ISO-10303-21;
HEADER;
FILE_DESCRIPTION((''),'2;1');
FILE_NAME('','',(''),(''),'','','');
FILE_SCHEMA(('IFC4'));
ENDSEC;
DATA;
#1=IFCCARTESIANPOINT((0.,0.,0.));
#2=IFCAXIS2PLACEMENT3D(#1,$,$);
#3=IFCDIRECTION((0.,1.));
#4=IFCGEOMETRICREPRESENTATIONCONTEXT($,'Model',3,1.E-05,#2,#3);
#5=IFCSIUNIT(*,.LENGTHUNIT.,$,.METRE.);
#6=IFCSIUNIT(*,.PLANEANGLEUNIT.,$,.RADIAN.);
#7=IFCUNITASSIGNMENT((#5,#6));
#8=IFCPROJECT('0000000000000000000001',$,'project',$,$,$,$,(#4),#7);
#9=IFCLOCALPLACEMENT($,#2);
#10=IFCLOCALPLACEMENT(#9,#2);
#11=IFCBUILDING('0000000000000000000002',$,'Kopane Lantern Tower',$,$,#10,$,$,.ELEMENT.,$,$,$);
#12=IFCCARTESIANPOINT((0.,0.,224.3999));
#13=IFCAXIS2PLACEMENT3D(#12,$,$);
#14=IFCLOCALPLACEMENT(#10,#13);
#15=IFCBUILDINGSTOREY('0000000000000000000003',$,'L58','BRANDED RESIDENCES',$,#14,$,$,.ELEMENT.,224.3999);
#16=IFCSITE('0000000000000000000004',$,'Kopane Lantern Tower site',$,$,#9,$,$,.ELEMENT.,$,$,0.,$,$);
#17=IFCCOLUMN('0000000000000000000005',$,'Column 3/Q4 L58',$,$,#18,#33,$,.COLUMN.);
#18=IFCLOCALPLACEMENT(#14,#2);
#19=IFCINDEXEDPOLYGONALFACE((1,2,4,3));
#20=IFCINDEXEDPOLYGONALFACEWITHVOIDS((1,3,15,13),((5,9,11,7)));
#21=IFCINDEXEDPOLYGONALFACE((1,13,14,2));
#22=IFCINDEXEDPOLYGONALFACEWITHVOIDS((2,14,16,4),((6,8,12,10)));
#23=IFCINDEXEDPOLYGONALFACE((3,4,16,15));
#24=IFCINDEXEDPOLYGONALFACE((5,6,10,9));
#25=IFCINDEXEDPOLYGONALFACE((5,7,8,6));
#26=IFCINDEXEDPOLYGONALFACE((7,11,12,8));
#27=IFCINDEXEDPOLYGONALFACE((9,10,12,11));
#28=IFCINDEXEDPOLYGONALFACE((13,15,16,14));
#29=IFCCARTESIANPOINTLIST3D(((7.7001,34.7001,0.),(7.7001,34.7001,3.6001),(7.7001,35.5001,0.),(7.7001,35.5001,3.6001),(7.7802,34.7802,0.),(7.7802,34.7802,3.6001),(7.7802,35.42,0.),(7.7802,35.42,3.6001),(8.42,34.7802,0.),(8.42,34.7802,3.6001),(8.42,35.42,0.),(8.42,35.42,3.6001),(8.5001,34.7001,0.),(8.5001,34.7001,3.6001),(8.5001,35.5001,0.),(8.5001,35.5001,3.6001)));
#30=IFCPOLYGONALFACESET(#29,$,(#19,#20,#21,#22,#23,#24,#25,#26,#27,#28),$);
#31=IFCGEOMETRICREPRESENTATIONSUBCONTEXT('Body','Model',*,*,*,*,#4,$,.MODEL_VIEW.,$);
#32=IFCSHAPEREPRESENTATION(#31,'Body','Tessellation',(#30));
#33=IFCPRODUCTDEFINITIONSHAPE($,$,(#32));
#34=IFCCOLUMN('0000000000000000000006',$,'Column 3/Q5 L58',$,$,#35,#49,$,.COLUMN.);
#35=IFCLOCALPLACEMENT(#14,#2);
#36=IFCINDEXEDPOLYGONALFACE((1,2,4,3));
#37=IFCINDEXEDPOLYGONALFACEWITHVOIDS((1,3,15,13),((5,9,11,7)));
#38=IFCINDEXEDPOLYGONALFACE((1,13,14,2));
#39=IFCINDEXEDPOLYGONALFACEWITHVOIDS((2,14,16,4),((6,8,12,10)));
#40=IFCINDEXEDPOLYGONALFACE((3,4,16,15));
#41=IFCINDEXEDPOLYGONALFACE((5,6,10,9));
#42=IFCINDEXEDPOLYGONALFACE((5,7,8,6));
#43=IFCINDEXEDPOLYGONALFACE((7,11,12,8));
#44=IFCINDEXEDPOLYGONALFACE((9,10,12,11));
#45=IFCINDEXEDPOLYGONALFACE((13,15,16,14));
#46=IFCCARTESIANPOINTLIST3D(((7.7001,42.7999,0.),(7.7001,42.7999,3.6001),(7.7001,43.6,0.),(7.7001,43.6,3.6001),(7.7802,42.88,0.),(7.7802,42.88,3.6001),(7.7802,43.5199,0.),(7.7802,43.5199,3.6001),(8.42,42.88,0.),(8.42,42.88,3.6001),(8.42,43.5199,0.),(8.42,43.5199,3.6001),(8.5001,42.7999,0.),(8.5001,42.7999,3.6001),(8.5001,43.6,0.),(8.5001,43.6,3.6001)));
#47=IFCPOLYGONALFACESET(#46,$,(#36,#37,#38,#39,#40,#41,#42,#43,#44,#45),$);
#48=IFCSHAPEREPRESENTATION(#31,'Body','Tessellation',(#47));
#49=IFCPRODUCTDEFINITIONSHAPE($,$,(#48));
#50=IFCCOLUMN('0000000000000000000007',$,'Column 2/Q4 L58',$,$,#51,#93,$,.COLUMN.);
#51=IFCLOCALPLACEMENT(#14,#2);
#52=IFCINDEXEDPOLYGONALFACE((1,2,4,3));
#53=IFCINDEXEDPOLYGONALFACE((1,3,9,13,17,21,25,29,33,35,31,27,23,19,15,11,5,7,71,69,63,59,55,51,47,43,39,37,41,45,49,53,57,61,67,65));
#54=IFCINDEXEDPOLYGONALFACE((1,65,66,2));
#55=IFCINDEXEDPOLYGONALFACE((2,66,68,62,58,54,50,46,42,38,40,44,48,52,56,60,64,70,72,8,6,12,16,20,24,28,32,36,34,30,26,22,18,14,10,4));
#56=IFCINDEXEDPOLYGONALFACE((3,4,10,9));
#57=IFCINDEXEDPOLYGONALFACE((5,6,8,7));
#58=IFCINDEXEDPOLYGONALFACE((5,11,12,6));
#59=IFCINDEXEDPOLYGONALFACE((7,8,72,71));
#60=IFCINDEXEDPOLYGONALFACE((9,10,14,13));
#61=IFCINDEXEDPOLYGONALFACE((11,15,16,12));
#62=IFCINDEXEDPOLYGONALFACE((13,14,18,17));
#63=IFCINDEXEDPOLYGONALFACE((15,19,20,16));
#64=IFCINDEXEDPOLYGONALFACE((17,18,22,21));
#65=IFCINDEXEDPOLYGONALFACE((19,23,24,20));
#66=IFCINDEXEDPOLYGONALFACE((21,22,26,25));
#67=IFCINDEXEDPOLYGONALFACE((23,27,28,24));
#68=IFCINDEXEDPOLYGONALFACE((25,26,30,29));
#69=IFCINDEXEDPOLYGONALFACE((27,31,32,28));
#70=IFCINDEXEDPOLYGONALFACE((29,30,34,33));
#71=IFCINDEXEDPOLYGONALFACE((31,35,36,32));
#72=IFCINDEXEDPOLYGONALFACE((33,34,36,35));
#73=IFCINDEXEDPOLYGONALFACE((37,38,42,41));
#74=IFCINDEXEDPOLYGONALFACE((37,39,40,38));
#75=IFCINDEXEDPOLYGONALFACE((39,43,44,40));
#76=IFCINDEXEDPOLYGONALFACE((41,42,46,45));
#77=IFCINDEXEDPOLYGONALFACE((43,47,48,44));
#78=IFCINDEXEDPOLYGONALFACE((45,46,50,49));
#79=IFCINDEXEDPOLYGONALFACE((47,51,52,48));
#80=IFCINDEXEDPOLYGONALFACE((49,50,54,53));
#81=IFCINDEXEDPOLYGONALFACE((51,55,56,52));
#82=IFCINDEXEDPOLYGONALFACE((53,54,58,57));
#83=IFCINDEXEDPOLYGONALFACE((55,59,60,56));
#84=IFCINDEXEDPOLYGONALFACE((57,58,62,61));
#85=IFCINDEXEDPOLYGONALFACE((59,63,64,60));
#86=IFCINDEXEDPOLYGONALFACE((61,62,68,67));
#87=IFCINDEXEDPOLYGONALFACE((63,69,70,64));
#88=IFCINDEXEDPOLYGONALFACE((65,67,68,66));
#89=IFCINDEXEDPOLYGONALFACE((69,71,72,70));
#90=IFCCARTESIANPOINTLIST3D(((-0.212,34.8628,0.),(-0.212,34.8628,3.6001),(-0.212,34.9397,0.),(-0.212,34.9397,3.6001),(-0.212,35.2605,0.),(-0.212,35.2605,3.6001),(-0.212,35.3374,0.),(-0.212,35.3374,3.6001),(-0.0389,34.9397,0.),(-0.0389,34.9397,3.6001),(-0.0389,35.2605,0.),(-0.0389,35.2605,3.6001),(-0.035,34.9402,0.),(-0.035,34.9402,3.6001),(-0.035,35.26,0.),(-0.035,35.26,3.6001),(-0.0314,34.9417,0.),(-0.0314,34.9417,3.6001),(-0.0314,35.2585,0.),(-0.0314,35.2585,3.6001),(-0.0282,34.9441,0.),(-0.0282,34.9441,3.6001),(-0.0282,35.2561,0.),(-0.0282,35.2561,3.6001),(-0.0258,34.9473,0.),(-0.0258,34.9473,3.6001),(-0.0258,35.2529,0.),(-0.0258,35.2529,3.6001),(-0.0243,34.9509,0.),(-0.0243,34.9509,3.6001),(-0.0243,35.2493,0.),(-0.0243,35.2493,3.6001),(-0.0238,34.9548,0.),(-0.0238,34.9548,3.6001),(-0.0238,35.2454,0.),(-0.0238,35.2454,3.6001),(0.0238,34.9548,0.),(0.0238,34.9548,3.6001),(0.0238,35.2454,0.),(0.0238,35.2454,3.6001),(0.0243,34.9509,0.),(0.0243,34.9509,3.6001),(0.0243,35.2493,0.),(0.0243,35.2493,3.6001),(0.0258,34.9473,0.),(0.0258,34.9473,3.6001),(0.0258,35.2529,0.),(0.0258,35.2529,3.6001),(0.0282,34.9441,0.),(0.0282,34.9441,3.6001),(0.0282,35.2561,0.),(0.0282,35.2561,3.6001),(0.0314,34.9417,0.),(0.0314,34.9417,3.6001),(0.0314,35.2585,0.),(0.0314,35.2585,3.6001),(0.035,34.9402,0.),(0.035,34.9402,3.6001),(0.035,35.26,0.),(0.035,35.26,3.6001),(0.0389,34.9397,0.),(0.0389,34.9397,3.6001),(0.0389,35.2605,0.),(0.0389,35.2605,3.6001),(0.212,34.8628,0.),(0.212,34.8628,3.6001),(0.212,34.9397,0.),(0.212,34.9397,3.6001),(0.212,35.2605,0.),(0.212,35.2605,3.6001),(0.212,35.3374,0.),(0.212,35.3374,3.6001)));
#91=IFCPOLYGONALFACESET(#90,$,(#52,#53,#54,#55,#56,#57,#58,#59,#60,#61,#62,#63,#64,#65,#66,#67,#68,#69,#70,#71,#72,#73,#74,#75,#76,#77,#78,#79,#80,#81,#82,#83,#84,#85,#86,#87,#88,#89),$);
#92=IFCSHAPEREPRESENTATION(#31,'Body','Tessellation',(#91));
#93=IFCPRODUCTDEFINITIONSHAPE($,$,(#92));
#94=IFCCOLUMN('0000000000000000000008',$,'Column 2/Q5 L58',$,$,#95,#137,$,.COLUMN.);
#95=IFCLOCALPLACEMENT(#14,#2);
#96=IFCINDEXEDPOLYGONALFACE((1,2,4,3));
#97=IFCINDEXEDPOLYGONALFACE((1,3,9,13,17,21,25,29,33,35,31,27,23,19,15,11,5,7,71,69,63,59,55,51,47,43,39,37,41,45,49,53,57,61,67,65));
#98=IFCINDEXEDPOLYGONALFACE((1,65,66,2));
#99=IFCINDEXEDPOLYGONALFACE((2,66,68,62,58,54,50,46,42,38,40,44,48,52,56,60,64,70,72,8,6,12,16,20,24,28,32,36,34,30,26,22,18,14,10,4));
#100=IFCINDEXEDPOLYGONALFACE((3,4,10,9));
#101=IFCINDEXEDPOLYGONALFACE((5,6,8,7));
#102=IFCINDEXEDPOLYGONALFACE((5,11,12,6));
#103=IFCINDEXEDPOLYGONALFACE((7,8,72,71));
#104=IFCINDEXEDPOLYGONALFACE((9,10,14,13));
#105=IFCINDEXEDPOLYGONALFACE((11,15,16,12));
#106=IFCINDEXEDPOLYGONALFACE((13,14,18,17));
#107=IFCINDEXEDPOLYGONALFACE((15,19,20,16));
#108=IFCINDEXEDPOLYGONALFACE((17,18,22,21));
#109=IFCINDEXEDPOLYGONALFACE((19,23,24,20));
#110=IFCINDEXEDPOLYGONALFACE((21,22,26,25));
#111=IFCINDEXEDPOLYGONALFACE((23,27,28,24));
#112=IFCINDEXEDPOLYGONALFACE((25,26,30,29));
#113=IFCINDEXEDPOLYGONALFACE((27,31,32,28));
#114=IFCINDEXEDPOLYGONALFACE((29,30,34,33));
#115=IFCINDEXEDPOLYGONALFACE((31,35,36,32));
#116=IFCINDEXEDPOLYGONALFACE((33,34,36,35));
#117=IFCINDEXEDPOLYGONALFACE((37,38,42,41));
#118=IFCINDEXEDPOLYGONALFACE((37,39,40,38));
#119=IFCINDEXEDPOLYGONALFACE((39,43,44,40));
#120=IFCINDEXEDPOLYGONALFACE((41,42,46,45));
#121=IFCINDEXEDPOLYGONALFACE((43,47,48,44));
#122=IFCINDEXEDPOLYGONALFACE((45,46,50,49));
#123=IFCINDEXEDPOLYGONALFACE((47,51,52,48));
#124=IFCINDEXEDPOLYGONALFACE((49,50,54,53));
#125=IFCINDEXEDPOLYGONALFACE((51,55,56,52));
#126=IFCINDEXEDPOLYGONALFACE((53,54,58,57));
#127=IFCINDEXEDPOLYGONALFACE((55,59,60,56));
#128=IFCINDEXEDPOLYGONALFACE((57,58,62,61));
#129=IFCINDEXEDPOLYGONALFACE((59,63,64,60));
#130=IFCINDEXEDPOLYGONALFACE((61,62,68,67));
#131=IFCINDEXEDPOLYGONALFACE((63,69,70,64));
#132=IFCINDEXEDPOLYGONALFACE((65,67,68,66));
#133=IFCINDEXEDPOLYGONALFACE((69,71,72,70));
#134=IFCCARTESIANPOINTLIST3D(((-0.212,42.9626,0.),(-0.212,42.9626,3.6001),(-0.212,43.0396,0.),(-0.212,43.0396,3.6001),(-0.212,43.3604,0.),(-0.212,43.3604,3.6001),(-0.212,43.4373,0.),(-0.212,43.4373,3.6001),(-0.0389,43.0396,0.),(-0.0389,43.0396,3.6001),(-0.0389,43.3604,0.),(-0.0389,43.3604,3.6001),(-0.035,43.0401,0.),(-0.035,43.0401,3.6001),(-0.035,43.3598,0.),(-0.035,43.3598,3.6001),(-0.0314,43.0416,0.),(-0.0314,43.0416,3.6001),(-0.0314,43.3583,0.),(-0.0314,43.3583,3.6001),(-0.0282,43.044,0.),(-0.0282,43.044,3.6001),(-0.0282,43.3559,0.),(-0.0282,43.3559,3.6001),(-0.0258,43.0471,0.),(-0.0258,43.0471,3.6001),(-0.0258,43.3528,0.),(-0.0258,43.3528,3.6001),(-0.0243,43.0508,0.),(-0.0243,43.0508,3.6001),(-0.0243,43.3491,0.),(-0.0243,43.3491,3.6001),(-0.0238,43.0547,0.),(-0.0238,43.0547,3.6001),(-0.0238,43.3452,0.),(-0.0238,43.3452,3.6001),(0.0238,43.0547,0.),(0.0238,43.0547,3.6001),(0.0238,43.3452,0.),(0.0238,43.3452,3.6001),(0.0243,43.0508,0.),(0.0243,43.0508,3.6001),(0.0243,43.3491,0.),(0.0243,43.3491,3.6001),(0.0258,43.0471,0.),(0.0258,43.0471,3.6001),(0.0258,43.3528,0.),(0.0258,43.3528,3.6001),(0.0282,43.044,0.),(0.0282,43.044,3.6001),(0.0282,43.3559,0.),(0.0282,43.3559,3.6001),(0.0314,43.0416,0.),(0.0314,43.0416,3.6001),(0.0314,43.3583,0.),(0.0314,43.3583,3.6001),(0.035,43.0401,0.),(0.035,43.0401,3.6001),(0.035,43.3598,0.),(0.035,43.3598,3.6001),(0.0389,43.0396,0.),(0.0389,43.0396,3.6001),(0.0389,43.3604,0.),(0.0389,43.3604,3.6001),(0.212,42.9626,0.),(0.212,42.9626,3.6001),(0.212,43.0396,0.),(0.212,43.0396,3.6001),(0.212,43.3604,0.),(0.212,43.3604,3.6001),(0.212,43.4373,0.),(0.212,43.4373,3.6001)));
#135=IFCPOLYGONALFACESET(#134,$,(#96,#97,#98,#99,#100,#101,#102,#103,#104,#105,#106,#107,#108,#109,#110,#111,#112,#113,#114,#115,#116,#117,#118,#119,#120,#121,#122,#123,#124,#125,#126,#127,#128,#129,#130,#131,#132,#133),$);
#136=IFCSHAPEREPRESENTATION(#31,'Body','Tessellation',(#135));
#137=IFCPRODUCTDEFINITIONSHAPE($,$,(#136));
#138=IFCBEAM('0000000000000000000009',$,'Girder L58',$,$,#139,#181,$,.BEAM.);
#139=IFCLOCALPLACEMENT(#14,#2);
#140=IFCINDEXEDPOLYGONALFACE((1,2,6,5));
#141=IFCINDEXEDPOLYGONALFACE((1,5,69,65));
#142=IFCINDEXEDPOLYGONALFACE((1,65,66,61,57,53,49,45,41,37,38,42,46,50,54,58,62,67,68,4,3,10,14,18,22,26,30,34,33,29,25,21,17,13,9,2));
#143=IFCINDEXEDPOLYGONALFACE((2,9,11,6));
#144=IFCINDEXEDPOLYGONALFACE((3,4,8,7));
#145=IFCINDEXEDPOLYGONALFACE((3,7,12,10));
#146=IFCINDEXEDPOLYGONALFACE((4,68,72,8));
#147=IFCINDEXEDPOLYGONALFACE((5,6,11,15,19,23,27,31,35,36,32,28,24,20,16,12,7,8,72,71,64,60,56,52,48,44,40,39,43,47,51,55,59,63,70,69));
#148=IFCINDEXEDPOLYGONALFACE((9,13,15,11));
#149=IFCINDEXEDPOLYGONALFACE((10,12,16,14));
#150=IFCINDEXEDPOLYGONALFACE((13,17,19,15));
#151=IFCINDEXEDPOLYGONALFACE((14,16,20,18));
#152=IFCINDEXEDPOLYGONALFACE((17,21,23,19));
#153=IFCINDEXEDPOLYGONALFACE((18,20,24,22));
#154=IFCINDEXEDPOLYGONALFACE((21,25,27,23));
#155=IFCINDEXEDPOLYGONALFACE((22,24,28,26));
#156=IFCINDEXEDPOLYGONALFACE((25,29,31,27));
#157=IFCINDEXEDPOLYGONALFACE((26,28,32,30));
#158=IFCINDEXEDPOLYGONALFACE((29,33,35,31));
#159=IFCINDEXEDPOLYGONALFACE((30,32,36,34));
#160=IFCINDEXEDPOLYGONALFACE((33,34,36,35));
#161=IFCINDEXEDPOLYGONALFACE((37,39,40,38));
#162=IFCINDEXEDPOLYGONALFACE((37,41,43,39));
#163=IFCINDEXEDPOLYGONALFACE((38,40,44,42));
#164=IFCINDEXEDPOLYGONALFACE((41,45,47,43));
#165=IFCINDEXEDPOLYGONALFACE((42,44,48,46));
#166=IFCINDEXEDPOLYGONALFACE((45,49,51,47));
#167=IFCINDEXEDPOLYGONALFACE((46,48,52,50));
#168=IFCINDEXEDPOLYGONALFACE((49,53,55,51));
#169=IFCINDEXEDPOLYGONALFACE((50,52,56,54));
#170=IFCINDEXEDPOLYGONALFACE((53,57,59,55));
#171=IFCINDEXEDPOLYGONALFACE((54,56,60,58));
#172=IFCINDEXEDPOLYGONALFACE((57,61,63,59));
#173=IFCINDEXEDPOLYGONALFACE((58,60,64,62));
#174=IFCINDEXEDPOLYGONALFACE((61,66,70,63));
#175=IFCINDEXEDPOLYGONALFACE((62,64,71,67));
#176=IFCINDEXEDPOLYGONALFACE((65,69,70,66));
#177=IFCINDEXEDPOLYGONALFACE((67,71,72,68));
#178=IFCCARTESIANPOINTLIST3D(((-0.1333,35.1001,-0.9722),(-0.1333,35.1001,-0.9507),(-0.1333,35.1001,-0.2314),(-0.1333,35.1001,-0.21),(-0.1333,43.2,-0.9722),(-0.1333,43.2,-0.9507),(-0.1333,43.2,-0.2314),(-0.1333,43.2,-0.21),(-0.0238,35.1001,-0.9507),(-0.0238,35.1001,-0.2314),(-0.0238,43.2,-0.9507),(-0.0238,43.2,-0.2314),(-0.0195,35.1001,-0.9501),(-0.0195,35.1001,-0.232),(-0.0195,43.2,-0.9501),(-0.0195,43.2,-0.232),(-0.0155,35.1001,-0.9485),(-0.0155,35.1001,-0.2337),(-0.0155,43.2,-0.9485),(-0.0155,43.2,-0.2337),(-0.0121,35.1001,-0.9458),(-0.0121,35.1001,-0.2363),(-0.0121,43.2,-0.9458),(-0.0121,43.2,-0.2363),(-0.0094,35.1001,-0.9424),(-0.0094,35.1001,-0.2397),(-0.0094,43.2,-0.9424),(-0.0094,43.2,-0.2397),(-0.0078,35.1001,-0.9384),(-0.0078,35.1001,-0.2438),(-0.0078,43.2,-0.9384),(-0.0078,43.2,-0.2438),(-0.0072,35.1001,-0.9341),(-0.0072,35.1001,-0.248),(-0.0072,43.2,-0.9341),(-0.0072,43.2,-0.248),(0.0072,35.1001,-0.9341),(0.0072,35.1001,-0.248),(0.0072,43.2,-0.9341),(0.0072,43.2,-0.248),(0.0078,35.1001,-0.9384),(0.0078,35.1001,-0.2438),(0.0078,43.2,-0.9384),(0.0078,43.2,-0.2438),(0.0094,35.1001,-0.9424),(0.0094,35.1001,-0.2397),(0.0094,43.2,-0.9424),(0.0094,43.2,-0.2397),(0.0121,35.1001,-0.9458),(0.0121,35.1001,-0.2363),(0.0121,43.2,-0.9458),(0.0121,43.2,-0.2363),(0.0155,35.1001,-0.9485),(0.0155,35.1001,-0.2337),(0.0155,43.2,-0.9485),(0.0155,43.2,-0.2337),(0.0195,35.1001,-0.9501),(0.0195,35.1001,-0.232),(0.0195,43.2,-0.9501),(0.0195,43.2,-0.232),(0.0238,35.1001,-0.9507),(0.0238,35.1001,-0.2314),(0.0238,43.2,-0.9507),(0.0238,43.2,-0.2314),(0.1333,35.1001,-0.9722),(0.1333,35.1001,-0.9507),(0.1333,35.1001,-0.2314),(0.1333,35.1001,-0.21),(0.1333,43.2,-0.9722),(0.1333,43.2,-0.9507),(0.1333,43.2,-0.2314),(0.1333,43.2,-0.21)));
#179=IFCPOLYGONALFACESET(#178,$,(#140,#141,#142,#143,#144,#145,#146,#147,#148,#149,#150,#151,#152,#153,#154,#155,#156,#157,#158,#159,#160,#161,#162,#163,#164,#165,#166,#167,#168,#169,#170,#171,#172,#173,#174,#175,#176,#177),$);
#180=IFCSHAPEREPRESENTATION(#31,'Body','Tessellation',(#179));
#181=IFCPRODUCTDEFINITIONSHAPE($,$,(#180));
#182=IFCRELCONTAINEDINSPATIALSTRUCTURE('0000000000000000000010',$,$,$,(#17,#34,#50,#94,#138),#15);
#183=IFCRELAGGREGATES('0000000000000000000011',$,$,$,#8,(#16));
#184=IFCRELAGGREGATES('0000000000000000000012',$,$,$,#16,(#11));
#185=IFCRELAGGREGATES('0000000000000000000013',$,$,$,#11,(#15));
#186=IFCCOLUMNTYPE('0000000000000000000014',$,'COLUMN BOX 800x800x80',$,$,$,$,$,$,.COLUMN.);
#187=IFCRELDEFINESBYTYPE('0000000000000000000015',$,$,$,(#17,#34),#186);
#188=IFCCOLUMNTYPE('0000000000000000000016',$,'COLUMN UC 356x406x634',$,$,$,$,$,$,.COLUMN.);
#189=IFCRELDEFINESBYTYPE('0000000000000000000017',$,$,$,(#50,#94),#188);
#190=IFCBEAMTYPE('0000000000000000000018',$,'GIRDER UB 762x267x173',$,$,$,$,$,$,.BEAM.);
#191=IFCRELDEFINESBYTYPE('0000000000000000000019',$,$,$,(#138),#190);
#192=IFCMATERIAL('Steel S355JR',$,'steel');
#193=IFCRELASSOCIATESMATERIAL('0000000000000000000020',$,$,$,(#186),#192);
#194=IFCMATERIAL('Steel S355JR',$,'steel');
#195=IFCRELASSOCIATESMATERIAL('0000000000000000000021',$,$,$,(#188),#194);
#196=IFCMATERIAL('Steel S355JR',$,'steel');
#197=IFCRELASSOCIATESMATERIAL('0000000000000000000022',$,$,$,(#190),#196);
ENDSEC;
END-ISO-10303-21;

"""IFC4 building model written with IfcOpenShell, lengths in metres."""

from ifc_helpers import new_model, si_unit, direction, frame, origin, origin_2d, place, context, subcontext, project, spatial, hollow_rectangle, i_section, extrude, material, material_profile, profile_set, type_object, element, save


model = new_model("IFC4")

# Units and contexts
model_context = context("Model", 3, precision=1e-05, world=origin(), true_north=direction((0.0, 1.0)))
body_context = subcontext(model_context, "Body", "Model", "MODEL_VIEW")
ifc_project = project(units=[si_unit("LENGTHUNIT", "METRE"), si_unit("PLANEANGLEUNIT", "RADIAN")], contexts=[model_context])

# Site, building, storey
site_placement = place(None, origin())
site = spatial("IfcSite", under=ifc_project, at=site_placement, Name="Kopane Lantern Tower site", CompositionType="ELEMENT", RefElevation=0.0)
building_placement = place(site_placement, origin())
building = spatial("IfcBuilding", under=site, at=building_placement, Name="Kopane Lantern Tower", CompositionType="ELEMENT")
storey_placement = place(building_placement, frame((0.0, 0.0, 224.3999)))
storey = spatial("IfcBuildingStorey", under=building, at=storey_placement, Name="L58", Description="BRANDED RESIDENCES", CompositionType="ELEMENT", Elevation=224.3999)

# Columns
ifc_material_1 = material(Name="Steel S355JR", Category="steel")
ifc_material_profile_1 = material_profile(ifc_material_1, hollow_rectangle(XDim=0.8, YDim=0.8, WallThickness=0.0801, at=origin_2d()), Name="BOX 800x800x80")
ifc_profile_set_1 = profile_set([ifc_material_profile_1], Name="Steel S355JR")
column_type_1 = type_object("IfcColumnType", Name="COLUMN BOX 800x800x80", PredefinedType="COLUMN", material=ifc_profile_set_1)
for number, where, z_axis, x_axis, name in (
    (1, (8.1001, 35.1001, 0.0), (0.0, 0.0, 1.0), (1.0, 0.0, 0.0), "Column 3/Q4 L58"),
    (2, (8.1001, 43.2, 0.0), (0.0, 0.0, 1.0), (1.0, 0.0, 0.0), "Column 3/Q5 L58"),
):
    element("IfcColumn", number, at=place(storey_placement, frame(where, z_axis=z_axis, x_axis=x_axis)), inside=storey, type_object=column_type_1, Name=name, PredefinedType="COLUMN", context=body_context, shape_type="SweptSolid", body=[
        extrude(hollow_rectangle(XDim=0.8, YDim=0.8, WallThickness=0.0801, at=origin_2d()), origin(), (0.0, 0.0, 1.0), 3.6001),
    ])
ifc_material_2 = material(Name="Steel S355JR", Category="steel")
ifc_material_profile_2 = material_profile(ifc_material_2, i_section(OverallWidth=0.4241, OverallDepth=0.4746, WebThickness=0.0476, FlangeThickness=0.0769, FilletRadius=0.0151, at=origin_2d()), Name="UC 356x406x634")
ifc_profile_set_2 = profile_set([ifc_material_profile_2], Name="Steel S355JR")
column_type_2 = type_object("IfcColumnType", Name="COLUMN UC 356x406x634", PredefinedType="COLUMN", material=ifc_profile_set_2)
for number, where, z_axis, x_axis, name in (
    (3, (0.0, 35.1001, 0.0), (0.0, 0.0, 1.0), (1.0, 0.0, 0.0), "Column 2/Q4 L58"),
    (4, (0.0, 43.2, 0.0), (0.0, 0.0, 1.0), (1.0, 0.0, 0.0), "Column 2/Q5 L58"),
):
    element("IfcColumn", number, at=place(storey_placement, frame(where, z_axis=z_axis, x_axis=x_axis)), inside=storey, type_object=column_type_2, Name=name, PredefinedType="COLUMN", context=body_context, shape_type="SweptSolid", body=[
        extrude(i_section(OverallWidth=0.4241, OverallDepth=0.4746, WebThickness=0.0476, FlangeThickness=0.0769, FilletRadius=0.0151, at=origin_2d()), origin(), (0.0, 0.0, 1.0), 3.6001),
    ])

# Beam
ifc_material_3 = material(Name="Steel S355JR", Category="steel")
ifc_material_profile_3 = material_profile(ifc_material_3, i_section(OverallWidth=0.2666, OverallDepth=0.7622, WebThickness=0.0144, FlangeThickness=0.0215, FilletRadius=0.0166, at=origin_2d()), Name="UB 762x267x173")
ifc_profile_set_3 = profile_set([ifc_material_profile_3], Name="Steel S355JR")
beam_type = type_object("IfcBeamType", Name="GIRDER UB 762x267x173", PredefinedType="BEAM", material=ifc_profile_set_3)
beam_1_placement = place(storey_placement, frame((0.0, 35.1001, -0.5911), z_axis=(0.0, 1.0, 0.0), x_axis=(-1.0, 0.0, 0.0)))
element("IfcBeam", 5, at=beam_1_placement, inside=storey, type_object=beam_type, Name="Girder L58", PredefinedType="BEAM", context=body_context, shape_type="SweptSolid", body=[
    extrude(i_section(OverallWidth=0.2666, OverallDepth=0.7622, WebThickness=0.0144, FlangeThickness=0.0215, FilletRadius=0.0166, at=origin_2d()), origin(), (0.0, 0.0, 1.0), 8.0999),
])

save(model, "model.ifc")
